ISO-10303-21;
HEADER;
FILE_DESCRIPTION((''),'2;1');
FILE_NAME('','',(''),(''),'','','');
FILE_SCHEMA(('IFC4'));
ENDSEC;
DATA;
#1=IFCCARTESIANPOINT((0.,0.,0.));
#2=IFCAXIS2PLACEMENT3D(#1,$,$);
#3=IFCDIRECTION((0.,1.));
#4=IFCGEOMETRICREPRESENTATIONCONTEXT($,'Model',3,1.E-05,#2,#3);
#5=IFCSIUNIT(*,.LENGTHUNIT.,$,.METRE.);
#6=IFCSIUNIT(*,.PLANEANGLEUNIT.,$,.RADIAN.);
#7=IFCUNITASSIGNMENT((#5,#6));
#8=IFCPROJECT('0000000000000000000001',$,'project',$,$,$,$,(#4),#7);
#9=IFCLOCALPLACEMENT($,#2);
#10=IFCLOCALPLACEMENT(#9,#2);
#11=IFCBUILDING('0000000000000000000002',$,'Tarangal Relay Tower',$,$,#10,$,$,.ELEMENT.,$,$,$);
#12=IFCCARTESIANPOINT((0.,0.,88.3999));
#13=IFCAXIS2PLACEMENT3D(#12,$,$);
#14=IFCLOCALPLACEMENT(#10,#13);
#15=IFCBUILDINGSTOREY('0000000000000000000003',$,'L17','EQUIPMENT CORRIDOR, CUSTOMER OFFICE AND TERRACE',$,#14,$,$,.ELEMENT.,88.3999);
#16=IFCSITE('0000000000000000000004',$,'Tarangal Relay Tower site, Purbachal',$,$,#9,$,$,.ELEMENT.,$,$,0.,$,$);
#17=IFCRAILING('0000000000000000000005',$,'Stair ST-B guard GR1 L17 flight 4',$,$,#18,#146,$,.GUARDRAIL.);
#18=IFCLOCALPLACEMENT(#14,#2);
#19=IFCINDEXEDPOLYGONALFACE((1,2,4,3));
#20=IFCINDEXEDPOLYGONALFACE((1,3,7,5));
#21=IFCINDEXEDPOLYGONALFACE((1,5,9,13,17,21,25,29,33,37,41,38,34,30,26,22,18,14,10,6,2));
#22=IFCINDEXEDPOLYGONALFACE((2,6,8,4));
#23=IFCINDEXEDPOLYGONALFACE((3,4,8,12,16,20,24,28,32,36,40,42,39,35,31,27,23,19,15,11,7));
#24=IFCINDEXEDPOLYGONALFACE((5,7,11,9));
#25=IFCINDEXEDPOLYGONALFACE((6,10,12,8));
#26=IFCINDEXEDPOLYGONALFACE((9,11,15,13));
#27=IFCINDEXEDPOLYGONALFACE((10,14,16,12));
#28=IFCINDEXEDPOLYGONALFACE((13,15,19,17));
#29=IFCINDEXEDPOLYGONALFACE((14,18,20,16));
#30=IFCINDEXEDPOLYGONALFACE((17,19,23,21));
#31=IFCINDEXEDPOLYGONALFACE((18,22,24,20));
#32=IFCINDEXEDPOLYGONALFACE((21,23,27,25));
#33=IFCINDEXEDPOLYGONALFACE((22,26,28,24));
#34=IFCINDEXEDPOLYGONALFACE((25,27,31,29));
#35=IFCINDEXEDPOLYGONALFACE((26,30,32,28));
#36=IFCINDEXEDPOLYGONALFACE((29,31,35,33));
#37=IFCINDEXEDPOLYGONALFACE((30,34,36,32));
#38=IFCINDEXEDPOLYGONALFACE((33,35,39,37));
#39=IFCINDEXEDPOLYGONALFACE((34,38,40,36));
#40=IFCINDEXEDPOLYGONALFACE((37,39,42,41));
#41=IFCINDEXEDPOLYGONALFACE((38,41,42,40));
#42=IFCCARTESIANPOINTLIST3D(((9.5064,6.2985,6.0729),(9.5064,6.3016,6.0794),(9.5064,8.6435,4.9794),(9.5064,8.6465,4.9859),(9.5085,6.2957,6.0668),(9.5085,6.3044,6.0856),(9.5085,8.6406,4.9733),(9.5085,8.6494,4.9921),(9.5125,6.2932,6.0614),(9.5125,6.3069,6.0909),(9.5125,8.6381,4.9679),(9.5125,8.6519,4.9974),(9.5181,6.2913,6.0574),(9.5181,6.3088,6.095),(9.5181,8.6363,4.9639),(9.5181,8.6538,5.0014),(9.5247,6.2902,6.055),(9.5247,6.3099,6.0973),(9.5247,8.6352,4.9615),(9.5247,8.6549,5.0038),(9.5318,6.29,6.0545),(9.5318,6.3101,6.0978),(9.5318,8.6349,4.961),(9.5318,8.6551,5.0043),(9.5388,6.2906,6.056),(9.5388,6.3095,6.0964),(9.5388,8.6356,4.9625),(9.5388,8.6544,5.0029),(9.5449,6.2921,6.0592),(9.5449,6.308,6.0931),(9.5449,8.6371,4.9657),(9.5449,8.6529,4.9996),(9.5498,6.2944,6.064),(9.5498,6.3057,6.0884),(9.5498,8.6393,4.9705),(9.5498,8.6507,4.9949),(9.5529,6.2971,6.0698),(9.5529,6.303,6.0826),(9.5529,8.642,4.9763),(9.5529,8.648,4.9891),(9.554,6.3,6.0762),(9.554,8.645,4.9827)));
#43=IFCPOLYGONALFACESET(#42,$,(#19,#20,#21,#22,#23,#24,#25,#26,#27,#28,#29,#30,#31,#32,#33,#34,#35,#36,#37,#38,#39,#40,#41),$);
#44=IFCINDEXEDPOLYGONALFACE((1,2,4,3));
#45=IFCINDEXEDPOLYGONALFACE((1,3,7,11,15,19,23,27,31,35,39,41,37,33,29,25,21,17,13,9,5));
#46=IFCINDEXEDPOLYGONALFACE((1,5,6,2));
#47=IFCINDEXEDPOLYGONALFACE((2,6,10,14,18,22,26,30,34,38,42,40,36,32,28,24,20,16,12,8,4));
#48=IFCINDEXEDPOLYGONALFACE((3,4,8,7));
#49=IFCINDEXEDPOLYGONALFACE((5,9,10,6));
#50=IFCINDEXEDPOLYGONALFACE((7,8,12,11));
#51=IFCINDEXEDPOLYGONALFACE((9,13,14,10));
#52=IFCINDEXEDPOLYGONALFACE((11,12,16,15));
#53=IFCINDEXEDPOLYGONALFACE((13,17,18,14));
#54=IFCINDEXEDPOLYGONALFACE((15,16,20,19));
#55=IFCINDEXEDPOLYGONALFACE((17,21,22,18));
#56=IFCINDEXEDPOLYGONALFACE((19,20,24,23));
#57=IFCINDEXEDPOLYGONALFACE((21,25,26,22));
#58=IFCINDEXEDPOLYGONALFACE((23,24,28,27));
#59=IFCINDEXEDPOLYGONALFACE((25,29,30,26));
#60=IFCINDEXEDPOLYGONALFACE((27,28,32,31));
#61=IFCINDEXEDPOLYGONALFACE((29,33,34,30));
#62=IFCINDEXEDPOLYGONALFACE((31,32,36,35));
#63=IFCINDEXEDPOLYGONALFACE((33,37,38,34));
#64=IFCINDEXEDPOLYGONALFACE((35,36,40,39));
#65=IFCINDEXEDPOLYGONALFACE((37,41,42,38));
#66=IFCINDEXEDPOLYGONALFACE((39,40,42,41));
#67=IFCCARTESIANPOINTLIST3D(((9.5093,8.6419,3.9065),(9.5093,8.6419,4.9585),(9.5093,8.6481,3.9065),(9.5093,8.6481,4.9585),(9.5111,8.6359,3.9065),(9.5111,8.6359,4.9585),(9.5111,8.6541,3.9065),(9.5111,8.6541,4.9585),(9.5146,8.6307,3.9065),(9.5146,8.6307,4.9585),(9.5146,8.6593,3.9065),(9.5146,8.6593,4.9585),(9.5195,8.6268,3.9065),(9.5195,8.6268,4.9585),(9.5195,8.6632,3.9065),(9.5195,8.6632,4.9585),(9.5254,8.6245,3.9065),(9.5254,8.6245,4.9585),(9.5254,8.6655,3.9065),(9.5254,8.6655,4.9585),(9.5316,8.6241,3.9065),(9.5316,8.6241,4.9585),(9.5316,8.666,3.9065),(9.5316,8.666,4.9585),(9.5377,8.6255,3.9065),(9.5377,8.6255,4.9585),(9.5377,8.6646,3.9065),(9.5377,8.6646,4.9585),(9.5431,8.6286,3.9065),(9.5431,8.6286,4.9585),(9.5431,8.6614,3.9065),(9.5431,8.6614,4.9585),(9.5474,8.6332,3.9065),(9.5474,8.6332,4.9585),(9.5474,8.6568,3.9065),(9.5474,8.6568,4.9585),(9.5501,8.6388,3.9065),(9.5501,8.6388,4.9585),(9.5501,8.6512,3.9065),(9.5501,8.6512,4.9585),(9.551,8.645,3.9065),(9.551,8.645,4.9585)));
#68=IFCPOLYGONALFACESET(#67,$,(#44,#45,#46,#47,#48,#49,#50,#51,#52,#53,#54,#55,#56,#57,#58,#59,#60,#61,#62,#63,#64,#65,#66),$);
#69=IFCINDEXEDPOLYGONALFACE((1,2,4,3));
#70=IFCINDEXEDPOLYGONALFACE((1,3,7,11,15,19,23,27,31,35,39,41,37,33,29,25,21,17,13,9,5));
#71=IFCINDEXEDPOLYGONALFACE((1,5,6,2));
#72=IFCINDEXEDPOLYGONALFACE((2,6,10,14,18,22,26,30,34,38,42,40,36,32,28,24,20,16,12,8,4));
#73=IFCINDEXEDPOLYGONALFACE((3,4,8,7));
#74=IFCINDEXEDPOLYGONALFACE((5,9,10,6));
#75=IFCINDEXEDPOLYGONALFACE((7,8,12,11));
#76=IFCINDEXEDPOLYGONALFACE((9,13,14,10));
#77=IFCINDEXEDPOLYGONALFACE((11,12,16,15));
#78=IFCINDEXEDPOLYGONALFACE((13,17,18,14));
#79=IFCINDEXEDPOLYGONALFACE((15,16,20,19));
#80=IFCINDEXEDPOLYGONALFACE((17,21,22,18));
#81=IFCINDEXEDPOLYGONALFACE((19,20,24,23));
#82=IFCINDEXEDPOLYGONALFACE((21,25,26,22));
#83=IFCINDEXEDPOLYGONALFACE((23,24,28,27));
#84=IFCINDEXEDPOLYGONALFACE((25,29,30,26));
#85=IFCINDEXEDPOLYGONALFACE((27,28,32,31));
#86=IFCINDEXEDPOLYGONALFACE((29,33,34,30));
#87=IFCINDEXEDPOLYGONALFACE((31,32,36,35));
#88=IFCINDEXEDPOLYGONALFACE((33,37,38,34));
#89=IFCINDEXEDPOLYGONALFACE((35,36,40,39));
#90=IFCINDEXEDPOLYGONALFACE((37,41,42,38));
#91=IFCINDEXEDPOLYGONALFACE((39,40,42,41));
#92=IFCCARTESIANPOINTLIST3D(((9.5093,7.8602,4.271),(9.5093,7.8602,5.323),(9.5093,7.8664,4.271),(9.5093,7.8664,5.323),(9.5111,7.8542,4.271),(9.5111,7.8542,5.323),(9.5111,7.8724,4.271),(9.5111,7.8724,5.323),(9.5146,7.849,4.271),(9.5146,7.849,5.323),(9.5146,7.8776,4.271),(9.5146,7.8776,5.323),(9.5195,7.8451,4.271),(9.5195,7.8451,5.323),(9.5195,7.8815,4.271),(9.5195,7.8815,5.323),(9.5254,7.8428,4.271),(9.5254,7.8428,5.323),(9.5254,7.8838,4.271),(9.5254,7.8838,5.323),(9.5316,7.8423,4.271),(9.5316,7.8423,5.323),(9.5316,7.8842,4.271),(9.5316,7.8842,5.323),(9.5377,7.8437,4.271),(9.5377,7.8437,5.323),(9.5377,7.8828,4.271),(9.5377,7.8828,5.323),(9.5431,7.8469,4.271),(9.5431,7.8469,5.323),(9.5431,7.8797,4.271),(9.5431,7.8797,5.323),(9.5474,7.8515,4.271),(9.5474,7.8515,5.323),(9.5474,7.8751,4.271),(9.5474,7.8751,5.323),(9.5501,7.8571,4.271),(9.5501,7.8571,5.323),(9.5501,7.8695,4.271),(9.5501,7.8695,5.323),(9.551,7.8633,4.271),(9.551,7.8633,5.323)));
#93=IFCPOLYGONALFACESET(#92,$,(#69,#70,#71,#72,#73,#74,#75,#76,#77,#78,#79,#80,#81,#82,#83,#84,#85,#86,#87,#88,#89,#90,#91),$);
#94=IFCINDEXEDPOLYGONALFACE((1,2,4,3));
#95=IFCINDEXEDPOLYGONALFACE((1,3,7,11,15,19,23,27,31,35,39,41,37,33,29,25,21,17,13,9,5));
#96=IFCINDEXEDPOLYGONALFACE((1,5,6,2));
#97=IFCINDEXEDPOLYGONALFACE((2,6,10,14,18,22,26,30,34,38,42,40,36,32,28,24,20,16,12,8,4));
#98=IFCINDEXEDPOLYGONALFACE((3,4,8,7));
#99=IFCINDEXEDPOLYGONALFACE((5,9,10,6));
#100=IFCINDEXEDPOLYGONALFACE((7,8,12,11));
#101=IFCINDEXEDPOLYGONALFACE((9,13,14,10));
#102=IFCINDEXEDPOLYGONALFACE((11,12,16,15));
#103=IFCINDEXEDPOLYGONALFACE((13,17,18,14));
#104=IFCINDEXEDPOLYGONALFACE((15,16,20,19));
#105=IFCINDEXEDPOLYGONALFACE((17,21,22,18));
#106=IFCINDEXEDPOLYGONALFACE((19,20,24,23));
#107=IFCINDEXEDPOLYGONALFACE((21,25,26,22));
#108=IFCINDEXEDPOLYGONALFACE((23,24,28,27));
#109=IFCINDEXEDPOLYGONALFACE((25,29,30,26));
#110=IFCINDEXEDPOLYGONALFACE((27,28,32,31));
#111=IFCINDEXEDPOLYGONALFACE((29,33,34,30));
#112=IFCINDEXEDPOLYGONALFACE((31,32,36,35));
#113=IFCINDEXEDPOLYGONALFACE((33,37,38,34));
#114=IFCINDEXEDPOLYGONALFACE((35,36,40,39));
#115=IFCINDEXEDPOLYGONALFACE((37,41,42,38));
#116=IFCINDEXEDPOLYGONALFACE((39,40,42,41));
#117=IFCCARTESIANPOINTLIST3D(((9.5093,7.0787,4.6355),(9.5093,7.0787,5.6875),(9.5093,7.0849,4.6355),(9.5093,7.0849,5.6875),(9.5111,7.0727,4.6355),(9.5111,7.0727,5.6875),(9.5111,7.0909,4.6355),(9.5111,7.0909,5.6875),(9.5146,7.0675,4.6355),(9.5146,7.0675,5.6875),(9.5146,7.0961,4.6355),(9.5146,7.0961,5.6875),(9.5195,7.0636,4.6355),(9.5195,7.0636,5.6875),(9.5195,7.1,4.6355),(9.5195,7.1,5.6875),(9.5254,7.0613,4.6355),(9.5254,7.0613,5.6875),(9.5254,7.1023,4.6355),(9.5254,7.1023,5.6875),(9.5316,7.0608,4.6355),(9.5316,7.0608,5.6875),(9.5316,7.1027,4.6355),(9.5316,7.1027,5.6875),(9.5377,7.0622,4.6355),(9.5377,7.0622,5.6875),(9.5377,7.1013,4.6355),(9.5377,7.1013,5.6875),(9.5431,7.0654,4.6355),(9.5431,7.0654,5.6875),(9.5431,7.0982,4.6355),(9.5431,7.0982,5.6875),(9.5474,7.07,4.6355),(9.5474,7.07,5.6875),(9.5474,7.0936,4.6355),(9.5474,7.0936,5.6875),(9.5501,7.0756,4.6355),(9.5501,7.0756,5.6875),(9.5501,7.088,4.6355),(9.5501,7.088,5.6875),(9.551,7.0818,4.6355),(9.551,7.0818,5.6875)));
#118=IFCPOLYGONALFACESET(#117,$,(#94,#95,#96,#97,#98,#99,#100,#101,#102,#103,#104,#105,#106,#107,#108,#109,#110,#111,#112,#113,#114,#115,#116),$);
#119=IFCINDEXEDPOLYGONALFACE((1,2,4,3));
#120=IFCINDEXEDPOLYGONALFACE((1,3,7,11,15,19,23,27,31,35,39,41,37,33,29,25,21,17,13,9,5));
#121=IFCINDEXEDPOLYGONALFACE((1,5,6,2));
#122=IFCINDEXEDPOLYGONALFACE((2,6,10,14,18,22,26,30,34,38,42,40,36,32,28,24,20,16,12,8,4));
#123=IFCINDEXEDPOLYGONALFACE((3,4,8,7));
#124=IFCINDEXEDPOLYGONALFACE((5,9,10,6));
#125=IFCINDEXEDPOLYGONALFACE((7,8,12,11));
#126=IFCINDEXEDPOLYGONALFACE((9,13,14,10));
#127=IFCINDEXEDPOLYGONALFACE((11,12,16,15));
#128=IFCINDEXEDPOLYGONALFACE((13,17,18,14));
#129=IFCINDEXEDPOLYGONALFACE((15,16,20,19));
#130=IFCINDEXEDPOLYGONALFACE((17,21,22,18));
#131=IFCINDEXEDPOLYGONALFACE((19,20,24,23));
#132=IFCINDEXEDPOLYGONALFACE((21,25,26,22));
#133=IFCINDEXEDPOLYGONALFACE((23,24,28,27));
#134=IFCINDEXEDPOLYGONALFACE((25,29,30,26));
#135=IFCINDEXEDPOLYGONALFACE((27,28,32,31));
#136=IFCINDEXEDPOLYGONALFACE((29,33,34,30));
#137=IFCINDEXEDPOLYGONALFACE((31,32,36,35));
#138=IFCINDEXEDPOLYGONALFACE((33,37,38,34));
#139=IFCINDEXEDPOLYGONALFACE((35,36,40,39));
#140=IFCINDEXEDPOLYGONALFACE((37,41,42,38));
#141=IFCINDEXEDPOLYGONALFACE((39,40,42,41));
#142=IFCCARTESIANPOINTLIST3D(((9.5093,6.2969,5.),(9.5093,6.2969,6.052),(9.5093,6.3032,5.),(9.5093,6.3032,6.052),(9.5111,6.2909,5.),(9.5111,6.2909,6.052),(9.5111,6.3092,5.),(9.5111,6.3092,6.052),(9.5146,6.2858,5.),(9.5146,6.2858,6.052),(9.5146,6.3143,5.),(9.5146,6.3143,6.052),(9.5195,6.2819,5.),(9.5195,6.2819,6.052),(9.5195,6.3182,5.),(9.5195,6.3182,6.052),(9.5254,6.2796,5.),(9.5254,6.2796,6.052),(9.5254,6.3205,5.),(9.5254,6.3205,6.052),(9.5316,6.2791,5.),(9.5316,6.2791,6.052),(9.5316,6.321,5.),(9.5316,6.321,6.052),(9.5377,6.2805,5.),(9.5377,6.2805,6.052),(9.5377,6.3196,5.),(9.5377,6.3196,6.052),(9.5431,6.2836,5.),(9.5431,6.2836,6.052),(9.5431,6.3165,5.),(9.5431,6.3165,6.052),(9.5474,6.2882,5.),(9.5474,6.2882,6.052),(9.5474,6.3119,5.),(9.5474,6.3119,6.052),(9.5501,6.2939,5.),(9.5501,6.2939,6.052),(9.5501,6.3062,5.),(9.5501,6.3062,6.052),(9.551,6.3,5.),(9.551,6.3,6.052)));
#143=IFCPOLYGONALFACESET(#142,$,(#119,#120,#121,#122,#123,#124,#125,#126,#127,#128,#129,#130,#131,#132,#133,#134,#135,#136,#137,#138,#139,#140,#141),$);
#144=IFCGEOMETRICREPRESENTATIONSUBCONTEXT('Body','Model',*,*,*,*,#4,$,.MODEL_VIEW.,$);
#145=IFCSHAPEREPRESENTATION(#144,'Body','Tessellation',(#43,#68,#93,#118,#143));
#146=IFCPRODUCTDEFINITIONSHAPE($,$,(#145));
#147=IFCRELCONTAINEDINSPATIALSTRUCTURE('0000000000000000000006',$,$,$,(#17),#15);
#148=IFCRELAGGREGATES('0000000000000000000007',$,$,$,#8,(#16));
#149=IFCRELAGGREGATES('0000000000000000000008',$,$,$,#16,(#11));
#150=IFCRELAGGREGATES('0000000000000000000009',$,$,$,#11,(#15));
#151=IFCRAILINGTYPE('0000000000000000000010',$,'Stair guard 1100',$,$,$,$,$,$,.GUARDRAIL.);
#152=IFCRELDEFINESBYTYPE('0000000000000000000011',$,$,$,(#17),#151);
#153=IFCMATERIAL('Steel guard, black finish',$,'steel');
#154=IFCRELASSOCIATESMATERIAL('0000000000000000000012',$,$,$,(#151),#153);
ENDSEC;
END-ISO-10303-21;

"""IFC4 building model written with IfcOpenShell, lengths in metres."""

from ifc_helpers import new_model, si_unit, direction, frame, origin, origin_2d, place, context, subcontext, project, spatial, circle, extrude, material, type_object, element, save


model = new_model("IFC4")

# Units and contexts
model_context = context("Model", 3, precision=1e-05, world=origin(), true_north=direction((0.0, 1.0)))
body_context = subcontext(model_context, "Body", "Model", "MODEL_VIEW")
ifc_project = project(units=[si_unit("LENGTHUNIT", "METRE"), si_unit("PLANEANGLEUNIT", "RADIAN")], contexts=[model_context])

# Site, building, storey
site_placement = place(None, origin())
site = spatial("IfcSite", under=ifc_project, at=site_placement, Name="Tarangal Relay Tower site, Purbachal", CompositionType="ELEMENT", RefElevation=0.0)
building_placement = place(site_placement, origin())
building = spatial("IfcBuilding", under=site, at=building_placement, Name="Tarangal Relay Tower", CompositionType="ELEMENT")
storey_placement = place(building_placement, frame((0.0, 0.0, 88.3999)))
storey = spatial("IfcBuildingStorey", under=building, at=storey_placement, Name="L17", Description="EQUIPMENT CORRIDOR, CUSTOMER OFFICE AND TERRACE", CompositionType="ELEMENT", Elevation=88.3999)

# Railing
ifc_material_1 = material(Name="Steel guard, black finish", Category="steel")
railing_type_1 = type_object("IfcRailingType", Name="Stair guard 1100", PredefinedType="GUARDRAIL", material=ifc_material_1)
railing_1_placement = place(storey_placement, frame((9.53, 8.645, 3.9065)))
element("IfcRailing", 1, at=railing_1_placement, inside=storey, type_object=railing_type_1, Name="Stair ST-B guard GR1 L17 flight 4", PredefinedType="GUARDRAIL", context=body_context, shape_type="SweptSolid", body=[
    extrude(circle(Radius=0.0239, at=origin_2d()), frame((0.0, 0.0, 1.0762), z_axis=(0.0, -0.906304, 0.422627), x_axis=(1.0, 0.0, 0.0)), (0.0, 0.0, 1.0), 2.5874),
    extrude(circle(Radius=0.021, at=origin_2d()), origin(), (0.0, 0.0, 1.0), 1.052),
    extrude(circle(Radius=0.021, at=origin_2d()), frame((0.0, -0.7817, 0.3645)), (0.0, 0.0, 1.0), 1.052),
    extrude(circle(Radius=0.021, at=origin_2d()), frame((0.0, -1.5632, 0.729)), (0.0, 0.0, 1.0), 1.052),
    extrude(circle(Radius=0.021, at=origin_2d()), frame((0.0, -2.345, 1.0935)), (0.0, 0.0, 1.0), 1.052),
])

save(model, "model.ifc")
